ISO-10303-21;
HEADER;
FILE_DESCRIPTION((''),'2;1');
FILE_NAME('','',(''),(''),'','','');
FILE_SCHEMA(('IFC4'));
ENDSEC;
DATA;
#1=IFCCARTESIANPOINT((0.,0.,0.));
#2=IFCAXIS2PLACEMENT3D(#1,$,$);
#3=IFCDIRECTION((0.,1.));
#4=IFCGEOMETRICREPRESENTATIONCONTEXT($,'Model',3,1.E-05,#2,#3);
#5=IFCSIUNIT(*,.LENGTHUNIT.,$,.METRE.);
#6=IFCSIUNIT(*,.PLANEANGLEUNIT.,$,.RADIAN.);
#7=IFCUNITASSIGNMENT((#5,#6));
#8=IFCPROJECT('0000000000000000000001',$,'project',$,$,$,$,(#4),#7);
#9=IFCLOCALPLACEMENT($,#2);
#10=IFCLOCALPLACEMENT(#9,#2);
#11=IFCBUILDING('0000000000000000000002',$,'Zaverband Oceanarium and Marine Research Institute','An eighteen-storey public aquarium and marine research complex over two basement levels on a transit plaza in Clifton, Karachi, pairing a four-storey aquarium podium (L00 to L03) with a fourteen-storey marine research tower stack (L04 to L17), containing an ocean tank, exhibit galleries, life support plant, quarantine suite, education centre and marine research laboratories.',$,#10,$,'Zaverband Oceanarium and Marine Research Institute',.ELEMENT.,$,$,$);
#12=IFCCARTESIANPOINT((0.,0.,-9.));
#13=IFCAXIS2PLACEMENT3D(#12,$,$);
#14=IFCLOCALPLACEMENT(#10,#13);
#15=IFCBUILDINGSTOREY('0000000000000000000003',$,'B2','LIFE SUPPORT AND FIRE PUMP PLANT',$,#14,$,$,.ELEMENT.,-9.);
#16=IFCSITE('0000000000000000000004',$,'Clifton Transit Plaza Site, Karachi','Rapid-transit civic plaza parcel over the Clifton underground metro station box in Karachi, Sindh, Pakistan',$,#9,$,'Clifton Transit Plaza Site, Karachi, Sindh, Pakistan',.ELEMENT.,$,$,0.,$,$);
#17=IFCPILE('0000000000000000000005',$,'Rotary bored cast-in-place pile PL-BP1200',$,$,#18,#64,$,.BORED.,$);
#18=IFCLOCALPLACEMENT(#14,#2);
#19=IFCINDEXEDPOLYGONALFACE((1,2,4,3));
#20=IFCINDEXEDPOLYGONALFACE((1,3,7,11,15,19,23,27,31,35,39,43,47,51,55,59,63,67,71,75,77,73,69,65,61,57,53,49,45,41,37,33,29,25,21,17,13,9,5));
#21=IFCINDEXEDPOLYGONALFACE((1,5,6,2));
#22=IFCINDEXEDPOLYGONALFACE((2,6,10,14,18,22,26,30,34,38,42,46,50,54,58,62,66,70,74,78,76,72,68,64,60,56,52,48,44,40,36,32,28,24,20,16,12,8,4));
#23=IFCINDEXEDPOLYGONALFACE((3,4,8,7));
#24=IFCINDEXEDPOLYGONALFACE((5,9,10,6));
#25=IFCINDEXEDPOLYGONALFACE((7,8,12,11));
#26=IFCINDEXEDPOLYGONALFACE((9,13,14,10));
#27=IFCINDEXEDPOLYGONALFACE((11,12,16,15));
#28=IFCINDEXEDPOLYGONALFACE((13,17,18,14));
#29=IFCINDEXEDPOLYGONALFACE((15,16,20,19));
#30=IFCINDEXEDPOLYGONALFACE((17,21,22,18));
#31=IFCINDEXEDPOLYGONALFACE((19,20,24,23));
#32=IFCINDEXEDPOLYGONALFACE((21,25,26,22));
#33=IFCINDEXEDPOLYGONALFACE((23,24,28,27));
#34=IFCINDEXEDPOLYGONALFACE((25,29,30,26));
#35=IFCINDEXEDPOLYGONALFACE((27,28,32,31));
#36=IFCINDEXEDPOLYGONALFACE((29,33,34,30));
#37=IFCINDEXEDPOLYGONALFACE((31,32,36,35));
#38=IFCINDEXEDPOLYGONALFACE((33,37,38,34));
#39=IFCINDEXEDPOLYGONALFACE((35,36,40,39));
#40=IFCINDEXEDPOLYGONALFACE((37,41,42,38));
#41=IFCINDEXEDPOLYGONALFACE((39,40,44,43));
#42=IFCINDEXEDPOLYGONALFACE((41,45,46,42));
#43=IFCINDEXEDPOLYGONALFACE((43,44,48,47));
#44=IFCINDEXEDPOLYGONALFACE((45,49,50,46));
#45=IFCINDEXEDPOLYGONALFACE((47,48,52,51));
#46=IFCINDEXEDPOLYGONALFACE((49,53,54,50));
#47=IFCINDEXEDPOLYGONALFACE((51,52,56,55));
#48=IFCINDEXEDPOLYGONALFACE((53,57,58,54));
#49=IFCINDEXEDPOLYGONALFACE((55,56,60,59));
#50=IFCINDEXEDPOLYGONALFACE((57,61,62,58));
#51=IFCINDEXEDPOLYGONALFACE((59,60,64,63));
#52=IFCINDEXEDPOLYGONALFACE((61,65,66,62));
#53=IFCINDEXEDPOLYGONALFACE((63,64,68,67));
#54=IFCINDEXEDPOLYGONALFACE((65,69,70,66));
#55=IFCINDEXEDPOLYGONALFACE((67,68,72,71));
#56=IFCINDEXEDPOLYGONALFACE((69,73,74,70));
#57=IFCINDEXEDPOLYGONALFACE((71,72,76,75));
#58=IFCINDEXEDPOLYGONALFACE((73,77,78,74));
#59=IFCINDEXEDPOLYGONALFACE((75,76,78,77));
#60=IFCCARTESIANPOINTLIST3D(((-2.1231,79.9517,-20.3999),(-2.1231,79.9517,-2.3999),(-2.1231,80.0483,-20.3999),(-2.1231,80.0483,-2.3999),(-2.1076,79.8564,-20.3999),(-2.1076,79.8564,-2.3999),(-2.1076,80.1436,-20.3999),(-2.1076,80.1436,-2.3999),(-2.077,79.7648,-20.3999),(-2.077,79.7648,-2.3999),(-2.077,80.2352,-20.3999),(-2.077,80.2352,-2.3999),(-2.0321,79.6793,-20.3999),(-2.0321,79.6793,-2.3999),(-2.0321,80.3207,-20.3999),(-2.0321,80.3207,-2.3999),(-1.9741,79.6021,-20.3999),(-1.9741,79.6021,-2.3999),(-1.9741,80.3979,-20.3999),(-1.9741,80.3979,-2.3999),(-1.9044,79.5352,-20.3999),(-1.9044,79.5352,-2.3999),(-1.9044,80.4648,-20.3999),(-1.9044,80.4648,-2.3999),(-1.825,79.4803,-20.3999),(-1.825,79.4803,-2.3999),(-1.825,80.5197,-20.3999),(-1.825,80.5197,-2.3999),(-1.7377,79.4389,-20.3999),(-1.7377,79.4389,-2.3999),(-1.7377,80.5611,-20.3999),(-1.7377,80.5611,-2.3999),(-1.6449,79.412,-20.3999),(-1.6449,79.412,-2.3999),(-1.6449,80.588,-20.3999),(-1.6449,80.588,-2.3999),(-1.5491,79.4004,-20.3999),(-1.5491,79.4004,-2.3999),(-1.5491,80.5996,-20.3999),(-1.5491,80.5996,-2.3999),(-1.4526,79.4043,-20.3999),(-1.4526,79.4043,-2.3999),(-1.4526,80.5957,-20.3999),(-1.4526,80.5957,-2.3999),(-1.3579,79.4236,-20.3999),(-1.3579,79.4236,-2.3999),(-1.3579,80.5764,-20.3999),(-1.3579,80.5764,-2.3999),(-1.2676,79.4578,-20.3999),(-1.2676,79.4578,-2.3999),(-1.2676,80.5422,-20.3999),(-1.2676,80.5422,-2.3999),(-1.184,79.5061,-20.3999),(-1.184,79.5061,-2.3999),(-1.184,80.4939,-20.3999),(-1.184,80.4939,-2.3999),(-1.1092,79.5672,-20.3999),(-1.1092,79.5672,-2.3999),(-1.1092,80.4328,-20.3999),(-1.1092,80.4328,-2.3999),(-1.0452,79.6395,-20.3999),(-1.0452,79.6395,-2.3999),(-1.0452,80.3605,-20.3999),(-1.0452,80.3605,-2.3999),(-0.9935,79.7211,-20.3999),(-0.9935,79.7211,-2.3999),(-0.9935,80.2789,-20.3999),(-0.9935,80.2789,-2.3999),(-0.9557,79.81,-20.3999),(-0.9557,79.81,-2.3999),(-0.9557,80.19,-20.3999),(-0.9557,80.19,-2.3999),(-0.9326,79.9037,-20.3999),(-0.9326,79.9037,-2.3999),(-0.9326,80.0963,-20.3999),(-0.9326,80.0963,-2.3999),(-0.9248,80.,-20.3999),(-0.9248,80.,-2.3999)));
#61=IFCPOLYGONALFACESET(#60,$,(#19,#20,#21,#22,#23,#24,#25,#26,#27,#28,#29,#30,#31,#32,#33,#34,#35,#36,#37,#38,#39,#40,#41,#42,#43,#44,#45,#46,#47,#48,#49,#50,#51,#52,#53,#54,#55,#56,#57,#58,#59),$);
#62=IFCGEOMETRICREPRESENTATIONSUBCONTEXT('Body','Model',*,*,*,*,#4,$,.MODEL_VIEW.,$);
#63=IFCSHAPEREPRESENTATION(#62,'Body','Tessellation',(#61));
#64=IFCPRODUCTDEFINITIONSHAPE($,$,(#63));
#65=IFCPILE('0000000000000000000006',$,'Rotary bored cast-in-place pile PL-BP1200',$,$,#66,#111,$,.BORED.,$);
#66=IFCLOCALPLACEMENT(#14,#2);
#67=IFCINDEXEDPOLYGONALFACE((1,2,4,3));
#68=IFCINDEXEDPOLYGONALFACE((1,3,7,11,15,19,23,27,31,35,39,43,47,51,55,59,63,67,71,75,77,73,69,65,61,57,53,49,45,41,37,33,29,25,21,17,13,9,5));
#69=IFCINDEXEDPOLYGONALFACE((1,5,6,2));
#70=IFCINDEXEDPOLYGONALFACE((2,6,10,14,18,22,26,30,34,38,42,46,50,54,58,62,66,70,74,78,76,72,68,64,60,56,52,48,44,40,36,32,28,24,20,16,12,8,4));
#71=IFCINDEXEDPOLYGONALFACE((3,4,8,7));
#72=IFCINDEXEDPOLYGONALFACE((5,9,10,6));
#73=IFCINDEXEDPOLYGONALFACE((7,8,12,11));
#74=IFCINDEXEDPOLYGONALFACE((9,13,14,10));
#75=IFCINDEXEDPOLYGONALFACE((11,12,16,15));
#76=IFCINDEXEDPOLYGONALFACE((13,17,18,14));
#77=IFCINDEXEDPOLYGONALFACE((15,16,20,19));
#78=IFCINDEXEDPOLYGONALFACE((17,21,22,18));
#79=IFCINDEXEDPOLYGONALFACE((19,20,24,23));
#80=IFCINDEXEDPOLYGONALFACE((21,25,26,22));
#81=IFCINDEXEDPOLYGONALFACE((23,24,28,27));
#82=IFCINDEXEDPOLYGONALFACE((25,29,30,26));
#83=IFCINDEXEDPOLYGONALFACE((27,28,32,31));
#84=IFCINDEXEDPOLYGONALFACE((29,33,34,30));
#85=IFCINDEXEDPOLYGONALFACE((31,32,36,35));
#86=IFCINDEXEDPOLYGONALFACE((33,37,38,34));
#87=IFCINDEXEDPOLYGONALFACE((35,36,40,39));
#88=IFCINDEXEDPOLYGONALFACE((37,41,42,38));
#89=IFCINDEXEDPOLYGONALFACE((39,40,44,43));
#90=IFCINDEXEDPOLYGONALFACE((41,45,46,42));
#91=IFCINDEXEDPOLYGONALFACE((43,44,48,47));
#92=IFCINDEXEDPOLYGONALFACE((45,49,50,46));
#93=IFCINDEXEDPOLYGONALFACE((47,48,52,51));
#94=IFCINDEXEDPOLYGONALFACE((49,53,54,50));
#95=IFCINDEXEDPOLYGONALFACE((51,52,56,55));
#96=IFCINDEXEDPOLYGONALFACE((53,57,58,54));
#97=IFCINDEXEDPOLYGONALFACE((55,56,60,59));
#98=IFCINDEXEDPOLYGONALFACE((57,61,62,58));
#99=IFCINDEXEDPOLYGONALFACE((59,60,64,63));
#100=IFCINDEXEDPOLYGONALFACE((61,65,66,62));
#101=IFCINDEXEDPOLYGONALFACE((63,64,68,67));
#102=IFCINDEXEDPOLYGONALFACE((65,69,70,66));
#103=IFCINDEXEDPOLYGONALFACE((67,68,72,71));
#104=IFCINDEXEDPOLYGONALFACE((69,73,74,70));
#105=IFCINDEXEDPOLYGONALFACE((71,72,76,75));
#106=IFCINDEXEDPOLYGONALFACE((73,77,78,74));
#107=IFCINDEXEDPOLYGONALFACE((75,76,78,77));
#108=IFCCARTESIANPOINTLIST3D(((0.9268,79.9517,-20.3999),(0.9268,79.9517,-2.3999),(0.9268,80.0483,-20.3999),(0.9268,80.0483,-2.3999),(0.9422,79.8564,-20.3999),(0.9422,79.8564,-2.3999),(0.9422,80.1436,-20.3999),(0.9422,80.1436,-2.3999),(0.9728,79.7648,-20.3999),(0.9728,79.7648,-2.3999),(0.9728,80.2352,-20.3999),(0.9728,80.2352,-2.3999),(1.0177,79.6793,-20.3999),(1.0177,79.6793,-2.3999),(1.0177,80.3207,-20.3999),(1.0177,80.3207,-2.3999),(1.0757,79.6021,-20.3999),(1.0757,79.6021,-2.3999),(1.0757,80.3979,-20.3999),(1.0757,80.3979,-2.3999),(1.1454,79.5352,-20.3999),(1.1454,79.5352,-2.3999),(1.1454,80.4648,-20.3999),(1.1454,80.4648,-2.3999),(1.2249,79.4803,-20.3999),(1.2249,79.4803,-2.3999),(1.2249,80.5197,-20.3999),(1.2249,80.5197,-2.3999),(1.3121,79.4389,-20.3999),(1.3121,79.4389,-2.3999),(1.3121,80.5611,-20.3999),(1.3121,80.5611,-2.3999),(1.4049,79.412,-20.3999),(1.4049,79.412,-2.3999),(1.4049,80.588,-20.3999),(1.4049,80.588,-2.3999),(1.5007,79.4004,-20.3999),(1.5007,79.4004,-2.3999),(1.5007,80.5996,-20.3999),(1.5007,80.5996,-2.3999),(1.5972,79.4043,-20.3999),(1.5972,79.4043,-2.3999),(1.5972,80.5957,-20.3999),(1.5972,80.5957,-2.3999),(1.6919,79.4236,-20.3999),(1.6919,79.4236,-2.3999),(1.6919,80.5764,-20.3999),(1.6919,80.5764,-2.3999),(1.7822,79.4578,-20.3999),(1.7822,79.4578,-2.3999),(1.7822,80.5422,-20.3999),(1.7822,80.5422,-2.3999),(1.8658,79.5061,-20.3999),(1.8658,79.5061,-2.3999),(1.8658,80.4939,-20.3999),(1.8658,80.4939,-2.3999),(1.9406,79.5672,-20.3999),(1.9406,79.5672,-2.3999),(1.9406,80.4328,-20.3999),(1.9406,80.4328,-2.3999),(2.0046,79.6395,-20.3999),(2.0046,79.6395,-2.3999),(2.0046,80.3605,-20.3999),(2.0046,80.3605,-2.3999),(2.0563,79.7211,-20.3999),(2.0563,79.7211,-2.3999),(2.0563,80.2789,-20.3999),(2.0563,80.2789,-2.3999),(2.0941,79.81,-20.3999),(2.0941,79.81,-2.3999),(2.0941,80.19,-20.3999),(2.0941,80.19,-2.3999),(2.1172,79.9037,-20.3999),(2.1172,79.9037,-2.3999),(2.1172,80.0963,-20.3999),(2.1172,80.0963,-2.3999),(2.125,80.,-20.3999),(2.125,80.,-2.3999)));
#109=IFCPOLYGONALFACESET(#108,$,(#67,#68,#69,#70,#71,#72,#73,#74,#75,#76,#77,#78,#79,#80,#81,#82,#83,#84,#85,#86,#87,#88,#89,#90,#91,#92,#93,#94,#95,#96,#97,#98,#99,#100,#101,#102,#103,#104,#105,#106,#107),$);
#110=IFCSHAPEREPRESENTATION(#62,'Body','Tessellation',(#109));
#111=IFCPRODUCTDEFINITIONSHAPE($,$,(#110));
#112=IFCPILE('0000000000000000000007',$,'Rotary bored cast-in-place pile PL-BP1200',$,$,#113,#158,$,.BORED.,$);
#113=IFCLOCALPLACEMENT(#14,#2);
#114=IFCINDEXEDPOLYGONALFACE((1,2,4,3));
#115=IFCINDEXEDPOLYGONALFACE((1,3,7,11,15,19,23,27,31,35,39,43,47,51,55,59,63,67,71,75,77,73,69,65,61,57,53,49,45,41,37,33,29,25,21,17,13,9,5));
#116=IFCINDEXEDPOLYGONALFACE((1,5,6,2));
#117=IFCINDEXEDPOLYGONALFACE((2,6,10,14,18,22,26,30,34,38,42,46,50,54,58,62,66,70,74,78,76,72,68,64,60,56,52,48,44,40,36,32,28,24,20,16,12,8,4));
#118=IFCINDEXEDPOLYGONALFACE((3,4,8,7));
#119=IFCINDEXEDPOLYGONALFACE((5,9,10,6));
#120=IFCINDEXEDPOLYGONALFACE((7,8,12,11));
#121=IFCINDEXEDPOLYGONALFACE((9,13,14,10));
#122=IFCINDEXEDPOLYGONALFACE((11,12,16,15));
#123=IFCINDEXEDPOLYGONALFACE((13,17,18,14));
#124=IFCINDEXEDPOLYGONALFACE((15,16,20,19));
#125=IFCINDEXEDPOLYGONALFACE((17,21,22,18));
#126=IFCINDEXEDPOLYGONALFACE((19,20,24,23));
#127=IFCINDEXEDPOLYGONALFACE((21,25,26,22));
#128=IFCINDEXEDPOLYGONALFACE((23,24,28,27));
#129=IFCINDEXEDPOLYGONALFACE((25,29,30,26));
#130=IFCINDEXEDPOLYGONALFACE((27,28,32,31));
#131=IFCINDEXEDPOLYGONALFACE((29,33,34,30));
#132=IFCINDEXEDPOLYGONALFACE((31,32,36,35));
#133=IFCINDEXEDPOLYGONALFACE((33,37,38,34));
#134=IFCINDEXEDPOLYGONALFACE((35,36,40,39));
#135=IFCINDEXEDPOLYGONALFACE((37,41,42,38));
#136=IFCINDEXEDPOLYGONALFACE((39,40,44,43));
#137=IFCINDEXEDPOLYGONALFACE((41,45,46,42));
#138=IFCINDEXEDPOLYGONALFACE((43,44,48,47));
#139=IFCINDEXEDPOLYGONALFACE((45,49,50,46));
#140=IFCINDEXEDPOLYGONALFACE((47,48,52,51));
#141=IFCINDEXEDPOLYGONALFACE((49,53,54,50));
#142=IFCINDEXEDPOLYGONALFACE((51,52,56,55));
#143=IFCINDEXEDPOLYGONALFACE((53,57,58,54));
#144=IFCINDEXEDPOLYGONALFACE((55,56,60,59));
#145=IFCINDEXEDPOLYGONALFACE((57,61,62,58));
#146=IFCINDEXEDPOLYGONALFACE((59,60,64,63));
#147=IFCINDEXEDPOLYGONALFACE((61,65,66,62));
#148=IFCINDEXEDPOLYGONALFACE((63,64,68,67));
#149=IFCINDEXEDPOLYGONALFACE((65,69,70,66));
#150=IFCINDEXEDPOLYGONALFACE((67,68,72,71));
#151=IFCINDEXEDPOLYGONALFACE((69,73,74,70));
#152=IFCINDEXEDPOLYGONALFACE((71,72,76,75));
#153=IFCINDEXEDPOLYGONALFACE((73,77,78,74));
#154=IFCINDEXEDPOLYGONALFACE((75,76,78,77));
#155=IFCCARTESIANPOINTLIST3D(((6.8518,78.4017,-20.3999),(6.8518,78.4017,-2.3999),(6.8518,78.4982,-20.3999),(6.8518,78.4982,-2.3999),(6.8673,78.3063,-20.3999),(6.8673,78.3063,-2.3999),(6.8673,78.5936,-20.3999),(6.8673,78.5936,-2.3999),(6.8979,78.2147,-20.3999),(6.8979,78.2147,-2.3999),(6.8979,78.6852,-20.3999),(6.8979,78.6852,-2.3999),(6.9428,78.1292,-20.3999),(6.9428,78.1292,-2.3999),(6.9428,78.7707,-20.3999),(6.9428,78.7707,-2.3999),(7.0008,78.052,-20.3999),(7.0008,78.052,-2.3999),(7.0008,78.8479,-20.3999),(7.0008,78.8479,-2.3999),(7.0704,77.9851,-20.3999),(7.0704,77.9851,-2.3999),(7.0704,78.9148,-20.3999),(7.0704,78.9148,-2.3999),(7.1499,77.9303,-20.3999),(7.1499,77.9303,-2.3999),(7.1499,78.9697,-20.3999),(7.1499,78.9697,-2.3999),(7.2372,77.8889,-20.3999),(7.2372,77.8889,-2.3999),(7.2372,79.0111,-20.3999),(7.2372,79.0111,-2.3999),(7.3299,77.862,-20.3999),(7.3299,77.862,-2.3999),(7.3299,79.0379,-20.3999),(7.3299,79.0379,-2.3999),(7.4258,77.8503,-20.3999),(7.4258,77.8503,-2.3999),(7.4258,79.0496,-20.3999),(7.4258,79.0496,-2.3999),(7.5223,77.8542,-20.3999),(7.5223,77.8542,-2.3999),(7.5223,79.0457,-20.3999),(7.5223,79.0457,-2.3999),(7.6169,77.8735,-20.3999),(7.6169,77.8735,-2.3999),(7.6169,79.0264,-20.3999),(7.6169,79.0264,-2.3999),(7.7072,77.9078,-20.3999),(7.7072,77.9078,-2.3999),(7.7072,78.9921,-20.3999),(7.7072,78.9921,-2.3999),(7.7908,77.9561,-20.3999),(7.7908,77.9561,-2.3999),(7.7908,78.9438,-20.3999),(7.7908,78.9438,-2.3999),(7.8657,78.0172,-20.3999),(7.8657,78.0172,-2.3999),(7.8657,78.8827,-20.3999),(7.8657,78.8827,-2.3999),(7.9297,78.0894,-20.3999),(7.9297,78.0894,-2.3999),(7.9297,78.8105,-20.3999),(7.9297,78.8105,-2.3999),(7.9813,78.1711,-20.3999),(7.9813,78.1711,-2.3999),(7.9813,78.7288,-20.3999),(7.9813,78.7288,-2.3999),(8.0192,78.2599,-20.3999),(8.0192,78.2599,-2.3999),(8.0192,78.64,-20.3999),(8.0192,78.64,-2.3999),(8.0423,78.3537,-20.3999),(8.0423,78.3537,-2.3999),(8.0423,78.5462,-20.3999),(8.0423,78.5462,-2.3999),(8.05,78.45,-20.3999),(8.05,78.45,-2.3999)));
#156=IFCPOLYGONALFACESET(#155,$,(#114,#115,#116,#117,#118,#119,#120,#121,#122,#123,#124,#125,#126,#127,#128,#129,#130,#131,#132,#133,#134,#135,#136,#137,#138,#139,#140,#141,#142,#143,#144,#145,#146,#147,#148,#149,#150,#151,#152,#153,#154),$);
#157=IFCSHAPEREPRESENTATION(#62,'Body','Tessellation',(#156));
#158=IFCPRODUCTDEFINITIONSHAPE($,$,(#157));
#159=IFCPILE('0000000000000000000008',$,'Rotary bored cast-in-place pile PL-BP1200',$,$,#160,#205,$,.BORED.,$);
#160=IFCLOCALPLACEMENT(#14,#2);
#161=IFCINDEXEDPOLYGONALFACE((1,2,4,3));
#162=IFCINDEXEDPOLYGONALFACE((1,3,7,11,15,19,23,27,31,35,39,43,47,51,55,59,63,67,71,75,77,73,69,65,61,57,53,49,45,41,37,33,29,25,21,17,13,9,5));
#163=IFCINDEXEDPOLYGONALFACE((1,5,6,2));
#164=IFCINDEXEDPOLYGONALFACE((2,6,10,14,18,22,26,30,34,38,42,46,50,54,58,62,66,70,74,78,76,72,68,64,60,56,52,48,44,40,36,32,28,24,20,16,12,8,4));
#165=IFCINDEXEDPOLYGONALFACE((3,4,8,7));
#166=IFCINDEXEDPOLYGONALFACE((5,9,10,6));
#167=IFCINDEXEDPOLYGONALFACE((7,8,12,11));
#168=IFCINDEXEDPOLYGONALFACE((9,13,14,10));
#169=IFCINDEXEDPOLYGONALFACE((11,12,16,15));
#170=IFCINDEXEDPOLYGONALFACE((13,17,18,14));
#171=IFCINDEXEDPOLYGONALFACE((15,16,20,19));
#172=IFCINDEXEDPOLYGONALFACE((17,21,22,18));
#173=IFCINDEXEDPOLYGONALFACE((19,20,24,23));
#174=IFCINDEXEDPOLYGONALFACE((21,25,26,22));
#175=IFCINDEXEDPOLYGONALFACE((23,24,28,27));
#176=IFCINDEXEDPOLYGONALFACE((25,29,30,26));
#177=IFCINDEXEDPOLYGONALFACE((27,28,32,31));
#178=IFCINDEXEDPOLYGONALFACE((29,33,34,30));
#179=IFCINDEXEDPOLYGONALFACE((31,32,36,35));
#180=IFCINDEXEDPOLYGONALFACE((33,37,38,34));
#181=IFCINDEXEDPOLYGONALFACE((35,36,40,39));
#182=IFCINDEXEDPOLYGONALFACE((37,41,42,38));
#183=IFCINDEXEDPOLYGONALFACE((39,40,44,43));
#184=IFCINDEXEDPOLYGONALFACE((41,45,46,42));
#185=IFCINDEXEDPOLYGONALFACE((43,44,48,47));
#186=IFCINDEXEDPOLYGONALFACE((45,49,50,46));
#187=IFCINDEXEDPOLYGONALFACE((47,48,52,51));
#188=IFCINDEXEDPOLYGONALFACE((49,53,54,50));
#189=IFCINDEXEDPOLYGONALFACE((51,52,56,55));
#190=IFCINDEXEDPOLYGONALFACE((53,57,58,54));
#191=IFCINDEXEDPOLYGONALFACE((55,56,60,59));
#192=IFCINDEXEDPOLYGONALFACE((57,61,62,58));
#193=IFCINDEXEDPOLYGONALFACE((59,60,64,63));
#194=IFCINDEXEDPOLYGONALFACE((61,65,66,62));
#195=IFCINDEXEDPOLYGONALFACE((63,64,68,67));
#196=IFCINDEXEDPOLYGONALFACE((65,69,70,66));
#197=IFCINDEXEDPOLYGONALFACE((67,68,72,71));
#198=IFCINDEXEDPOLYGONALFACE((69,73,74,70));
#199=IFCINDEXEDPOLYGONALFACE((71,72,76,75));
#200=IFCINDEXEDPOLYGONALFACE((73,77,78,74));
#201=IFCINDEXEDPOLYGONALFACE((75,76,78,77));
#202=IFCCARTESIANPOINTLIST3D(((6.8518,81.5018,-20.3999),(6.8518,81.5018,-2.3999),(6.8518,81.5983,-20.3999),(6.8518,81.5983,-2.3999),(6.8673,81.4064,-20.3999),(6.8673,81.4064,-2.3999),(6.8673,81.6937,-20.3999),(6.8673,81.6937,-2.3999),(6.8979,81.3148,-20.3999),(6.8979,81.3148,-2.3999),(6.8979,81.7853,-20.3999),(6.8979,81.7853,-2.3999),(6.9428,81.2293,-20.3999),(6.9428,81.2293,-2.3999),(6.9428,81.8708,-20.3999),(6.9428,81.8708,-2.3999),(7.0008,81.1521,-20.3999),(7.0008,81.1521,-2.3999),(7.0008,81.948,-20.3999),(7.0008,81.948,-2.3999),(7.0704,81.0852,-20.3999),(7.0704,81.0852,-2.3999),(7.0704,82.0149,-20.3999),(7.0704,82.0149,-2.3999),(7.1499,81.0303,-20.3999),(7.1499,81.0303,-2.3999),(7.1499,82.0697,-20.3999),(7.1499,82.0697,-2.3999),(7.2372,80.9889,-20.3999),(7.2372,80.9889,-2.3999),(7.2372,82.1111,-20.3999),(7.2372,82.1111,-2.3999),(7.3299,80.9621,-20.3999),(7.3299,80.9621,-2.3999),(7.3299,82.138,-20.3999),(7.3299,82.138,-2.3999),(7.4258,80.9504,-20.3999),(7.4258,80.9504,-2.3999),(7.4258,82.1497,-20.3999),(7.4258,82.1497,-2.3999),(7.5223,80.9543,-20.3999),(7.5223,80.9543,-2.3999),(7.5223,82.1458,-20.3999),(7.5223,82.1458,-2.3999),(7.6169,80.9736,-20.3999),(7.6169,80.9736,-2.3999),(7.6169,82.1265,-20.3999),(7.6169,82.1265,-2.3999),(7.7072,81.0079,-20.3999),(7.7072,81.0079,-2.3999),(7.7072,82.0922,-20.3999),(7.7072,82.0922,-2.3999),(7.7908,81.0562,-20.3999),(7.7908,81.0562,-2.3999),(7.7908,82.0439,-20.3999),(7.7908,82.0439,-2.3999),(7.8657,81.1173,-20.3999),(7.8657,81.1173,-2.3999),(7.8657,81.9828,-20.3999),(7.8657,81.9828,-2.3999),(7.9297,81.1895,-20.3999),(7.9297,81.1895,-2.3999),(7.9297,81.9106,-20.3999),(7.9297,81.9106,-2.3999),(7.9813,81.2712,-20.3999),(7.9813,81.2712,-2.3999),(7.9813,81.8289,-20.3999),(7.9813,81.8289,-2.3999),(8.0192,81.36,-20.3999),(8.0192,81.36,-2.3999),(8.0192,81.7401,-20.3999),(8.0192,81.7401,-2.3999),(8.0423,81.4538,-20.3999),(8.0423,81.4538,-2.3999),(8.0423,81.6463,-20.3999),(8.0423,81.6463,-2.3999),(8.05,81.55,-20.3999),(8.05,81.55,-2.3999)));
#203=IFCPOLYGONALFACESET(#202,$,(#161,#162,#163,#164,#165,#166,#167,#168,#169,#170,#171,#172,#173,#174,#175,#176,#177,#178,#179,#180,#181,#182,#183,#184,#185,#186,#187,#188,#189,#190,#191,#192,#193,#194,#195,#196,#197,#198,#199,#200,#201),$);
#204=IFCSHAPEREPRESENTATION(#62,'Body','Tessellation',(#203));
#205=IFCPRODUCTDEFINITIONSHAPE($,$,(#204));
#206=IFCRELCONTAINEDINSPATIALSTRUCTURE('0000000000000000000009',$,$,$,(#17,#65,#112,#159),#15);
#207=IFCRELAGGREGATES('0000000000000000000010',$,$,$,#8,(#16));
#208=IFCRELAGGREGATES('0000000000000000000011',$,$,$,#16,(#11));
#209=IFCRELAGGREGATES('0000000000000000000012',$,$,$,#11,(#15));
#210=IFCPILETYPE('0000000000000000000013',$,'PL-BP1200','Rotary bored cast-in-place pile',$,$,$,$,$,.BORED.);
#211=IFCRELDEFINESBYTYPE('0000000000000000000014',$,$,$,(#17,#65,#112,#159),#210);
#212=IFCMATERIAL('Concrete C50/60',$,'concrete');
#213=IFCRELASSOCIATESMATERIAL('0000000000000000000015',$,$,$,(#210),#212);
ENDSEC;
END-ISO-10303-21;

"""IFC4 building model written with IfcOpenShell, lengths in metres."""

from ifc_helpers import new_model, si_unit, direction, frame, origin, origin_2d, place, context, subcontext, project, spatial, circle, extrude, material, material_profile, profile_set, type_object, element, save


model = new_model("IFC4")

# Units and contexts
model_context = context("Model", 3, precision=1e-05, world=origin(), true_north=direction((0.0, 1.0)))
body_context = subcontext(model_context, "Body", "Model", "MODEL_VIEW")
ifc_project = project(units=[si_unit("LENGTHUNIT", "METRE"), si_unit("PLANEANGLEUNIT", "RADIAN")], contexts=[model_context])

# Site, building, storey
site_placement = place(None, origin())
site = spatial("IfcSite", under=ifc_project, at=site_placement, Name="Clifton Transit Plaza Site, Karachi", Description="Rapid-transit civic plaza parcel over the Clifton underground metro station box in Karachi, Sindh, Pakistan", LongName="Clifton Transit Plaza Site, Karachi, Sindh, Pakistan", CompositionType="ELEMENT", RefElevation=0.0)
building_placement = place(site_placement, origin())
building = spatial("IfcBuilding", under=site, at=building_placement, Name="Zaverband Oceanarium and Marine Research Institute", Description="An eighteen-storey public aquarium and marine research complex over two basement levels on a transit plaza in Clifton, Karachi, pairing a four-storey aquarium podium (L00 to L03) with a fourteen-storey marine research tower stack (L04 to L17), containing an ocean tank, exhibit galleries, life support plant, quarantine suite, education centre and marine research laboratories.", LongName="Zaverband Oceanarium and Marine Research Institute", CompositionType="ELEMENT")
storey_placement = place(building_placement, frame((0.0, 0.0, -9.0)))
storey = spatial("IfcBuildingStorey", under=building, at=storey_placement, Name="B2", Description="LIFE SUPPORT AND FIRE PUMP PLANT", CompositionType="ELEMENT", Elevation=-9.0)

# Shared definitions
ifc_material_1 = material(Name="Concrete C50/60", Category="concrete")

# Piles
ifc_material_profile_1 = material_profile(ifc_material_1, circle(Radius=0.6001, at=origin_2d()), Name="BP1200")
ifc_profile_set_1 = profile_set([ifc_material_profile_1], Name="Concrete C50/60")
pile_type_1 = type_object("IfcPileType", Name="PL-BP1200", Description="Rotary bored cast-in-place pile", PredefinedType="BORED", material=ifc_profile_set_1)
for number, where, z_axis, x_axis, name in (
    (1, (-1.5249, 80.0, -2.3999), (0.0, 0.0, -1.0), (1.0, 0.0, 0.0), "Rotary bored cast-in-place pile PL-BP1200"),
    (2, (1.5249, 80.0, -2.3999), (0.0, 0.0, -1.0), (1.0, 0.0, 0.0), "Rotary bored cast-in-place pile PL-BP1200"),
    (3, (7.45, 78.45, -2.3999), (0.0, 0.0, -1.0), (1.0, 0.0, 0.0), "Rotary bored cast-in-place pile PL-BP1200"),
    (4, (7.45, 81.55, -2.3999), (0.0, 0.0, -1.0), (1.0, 0.0, 0.0), "Rotary bored cast-in-place pile PL-BP1200"),
):
    element("IfcPile", number, at=place(storey_placement, frame(where, z_axis=z_axis, x_axis=x_axis)), inside=storey, type_object=pile_type_1, Name=name, PredefinedType="BORED", context=body_context, shape_type="SweptSolid", body=[
        extrude(circle(Radius=0.6001, at=origin_2d()), origin(), (0.0, 0.0, 1.0), 18.0),
    ])

save(model, "model.ifc")
